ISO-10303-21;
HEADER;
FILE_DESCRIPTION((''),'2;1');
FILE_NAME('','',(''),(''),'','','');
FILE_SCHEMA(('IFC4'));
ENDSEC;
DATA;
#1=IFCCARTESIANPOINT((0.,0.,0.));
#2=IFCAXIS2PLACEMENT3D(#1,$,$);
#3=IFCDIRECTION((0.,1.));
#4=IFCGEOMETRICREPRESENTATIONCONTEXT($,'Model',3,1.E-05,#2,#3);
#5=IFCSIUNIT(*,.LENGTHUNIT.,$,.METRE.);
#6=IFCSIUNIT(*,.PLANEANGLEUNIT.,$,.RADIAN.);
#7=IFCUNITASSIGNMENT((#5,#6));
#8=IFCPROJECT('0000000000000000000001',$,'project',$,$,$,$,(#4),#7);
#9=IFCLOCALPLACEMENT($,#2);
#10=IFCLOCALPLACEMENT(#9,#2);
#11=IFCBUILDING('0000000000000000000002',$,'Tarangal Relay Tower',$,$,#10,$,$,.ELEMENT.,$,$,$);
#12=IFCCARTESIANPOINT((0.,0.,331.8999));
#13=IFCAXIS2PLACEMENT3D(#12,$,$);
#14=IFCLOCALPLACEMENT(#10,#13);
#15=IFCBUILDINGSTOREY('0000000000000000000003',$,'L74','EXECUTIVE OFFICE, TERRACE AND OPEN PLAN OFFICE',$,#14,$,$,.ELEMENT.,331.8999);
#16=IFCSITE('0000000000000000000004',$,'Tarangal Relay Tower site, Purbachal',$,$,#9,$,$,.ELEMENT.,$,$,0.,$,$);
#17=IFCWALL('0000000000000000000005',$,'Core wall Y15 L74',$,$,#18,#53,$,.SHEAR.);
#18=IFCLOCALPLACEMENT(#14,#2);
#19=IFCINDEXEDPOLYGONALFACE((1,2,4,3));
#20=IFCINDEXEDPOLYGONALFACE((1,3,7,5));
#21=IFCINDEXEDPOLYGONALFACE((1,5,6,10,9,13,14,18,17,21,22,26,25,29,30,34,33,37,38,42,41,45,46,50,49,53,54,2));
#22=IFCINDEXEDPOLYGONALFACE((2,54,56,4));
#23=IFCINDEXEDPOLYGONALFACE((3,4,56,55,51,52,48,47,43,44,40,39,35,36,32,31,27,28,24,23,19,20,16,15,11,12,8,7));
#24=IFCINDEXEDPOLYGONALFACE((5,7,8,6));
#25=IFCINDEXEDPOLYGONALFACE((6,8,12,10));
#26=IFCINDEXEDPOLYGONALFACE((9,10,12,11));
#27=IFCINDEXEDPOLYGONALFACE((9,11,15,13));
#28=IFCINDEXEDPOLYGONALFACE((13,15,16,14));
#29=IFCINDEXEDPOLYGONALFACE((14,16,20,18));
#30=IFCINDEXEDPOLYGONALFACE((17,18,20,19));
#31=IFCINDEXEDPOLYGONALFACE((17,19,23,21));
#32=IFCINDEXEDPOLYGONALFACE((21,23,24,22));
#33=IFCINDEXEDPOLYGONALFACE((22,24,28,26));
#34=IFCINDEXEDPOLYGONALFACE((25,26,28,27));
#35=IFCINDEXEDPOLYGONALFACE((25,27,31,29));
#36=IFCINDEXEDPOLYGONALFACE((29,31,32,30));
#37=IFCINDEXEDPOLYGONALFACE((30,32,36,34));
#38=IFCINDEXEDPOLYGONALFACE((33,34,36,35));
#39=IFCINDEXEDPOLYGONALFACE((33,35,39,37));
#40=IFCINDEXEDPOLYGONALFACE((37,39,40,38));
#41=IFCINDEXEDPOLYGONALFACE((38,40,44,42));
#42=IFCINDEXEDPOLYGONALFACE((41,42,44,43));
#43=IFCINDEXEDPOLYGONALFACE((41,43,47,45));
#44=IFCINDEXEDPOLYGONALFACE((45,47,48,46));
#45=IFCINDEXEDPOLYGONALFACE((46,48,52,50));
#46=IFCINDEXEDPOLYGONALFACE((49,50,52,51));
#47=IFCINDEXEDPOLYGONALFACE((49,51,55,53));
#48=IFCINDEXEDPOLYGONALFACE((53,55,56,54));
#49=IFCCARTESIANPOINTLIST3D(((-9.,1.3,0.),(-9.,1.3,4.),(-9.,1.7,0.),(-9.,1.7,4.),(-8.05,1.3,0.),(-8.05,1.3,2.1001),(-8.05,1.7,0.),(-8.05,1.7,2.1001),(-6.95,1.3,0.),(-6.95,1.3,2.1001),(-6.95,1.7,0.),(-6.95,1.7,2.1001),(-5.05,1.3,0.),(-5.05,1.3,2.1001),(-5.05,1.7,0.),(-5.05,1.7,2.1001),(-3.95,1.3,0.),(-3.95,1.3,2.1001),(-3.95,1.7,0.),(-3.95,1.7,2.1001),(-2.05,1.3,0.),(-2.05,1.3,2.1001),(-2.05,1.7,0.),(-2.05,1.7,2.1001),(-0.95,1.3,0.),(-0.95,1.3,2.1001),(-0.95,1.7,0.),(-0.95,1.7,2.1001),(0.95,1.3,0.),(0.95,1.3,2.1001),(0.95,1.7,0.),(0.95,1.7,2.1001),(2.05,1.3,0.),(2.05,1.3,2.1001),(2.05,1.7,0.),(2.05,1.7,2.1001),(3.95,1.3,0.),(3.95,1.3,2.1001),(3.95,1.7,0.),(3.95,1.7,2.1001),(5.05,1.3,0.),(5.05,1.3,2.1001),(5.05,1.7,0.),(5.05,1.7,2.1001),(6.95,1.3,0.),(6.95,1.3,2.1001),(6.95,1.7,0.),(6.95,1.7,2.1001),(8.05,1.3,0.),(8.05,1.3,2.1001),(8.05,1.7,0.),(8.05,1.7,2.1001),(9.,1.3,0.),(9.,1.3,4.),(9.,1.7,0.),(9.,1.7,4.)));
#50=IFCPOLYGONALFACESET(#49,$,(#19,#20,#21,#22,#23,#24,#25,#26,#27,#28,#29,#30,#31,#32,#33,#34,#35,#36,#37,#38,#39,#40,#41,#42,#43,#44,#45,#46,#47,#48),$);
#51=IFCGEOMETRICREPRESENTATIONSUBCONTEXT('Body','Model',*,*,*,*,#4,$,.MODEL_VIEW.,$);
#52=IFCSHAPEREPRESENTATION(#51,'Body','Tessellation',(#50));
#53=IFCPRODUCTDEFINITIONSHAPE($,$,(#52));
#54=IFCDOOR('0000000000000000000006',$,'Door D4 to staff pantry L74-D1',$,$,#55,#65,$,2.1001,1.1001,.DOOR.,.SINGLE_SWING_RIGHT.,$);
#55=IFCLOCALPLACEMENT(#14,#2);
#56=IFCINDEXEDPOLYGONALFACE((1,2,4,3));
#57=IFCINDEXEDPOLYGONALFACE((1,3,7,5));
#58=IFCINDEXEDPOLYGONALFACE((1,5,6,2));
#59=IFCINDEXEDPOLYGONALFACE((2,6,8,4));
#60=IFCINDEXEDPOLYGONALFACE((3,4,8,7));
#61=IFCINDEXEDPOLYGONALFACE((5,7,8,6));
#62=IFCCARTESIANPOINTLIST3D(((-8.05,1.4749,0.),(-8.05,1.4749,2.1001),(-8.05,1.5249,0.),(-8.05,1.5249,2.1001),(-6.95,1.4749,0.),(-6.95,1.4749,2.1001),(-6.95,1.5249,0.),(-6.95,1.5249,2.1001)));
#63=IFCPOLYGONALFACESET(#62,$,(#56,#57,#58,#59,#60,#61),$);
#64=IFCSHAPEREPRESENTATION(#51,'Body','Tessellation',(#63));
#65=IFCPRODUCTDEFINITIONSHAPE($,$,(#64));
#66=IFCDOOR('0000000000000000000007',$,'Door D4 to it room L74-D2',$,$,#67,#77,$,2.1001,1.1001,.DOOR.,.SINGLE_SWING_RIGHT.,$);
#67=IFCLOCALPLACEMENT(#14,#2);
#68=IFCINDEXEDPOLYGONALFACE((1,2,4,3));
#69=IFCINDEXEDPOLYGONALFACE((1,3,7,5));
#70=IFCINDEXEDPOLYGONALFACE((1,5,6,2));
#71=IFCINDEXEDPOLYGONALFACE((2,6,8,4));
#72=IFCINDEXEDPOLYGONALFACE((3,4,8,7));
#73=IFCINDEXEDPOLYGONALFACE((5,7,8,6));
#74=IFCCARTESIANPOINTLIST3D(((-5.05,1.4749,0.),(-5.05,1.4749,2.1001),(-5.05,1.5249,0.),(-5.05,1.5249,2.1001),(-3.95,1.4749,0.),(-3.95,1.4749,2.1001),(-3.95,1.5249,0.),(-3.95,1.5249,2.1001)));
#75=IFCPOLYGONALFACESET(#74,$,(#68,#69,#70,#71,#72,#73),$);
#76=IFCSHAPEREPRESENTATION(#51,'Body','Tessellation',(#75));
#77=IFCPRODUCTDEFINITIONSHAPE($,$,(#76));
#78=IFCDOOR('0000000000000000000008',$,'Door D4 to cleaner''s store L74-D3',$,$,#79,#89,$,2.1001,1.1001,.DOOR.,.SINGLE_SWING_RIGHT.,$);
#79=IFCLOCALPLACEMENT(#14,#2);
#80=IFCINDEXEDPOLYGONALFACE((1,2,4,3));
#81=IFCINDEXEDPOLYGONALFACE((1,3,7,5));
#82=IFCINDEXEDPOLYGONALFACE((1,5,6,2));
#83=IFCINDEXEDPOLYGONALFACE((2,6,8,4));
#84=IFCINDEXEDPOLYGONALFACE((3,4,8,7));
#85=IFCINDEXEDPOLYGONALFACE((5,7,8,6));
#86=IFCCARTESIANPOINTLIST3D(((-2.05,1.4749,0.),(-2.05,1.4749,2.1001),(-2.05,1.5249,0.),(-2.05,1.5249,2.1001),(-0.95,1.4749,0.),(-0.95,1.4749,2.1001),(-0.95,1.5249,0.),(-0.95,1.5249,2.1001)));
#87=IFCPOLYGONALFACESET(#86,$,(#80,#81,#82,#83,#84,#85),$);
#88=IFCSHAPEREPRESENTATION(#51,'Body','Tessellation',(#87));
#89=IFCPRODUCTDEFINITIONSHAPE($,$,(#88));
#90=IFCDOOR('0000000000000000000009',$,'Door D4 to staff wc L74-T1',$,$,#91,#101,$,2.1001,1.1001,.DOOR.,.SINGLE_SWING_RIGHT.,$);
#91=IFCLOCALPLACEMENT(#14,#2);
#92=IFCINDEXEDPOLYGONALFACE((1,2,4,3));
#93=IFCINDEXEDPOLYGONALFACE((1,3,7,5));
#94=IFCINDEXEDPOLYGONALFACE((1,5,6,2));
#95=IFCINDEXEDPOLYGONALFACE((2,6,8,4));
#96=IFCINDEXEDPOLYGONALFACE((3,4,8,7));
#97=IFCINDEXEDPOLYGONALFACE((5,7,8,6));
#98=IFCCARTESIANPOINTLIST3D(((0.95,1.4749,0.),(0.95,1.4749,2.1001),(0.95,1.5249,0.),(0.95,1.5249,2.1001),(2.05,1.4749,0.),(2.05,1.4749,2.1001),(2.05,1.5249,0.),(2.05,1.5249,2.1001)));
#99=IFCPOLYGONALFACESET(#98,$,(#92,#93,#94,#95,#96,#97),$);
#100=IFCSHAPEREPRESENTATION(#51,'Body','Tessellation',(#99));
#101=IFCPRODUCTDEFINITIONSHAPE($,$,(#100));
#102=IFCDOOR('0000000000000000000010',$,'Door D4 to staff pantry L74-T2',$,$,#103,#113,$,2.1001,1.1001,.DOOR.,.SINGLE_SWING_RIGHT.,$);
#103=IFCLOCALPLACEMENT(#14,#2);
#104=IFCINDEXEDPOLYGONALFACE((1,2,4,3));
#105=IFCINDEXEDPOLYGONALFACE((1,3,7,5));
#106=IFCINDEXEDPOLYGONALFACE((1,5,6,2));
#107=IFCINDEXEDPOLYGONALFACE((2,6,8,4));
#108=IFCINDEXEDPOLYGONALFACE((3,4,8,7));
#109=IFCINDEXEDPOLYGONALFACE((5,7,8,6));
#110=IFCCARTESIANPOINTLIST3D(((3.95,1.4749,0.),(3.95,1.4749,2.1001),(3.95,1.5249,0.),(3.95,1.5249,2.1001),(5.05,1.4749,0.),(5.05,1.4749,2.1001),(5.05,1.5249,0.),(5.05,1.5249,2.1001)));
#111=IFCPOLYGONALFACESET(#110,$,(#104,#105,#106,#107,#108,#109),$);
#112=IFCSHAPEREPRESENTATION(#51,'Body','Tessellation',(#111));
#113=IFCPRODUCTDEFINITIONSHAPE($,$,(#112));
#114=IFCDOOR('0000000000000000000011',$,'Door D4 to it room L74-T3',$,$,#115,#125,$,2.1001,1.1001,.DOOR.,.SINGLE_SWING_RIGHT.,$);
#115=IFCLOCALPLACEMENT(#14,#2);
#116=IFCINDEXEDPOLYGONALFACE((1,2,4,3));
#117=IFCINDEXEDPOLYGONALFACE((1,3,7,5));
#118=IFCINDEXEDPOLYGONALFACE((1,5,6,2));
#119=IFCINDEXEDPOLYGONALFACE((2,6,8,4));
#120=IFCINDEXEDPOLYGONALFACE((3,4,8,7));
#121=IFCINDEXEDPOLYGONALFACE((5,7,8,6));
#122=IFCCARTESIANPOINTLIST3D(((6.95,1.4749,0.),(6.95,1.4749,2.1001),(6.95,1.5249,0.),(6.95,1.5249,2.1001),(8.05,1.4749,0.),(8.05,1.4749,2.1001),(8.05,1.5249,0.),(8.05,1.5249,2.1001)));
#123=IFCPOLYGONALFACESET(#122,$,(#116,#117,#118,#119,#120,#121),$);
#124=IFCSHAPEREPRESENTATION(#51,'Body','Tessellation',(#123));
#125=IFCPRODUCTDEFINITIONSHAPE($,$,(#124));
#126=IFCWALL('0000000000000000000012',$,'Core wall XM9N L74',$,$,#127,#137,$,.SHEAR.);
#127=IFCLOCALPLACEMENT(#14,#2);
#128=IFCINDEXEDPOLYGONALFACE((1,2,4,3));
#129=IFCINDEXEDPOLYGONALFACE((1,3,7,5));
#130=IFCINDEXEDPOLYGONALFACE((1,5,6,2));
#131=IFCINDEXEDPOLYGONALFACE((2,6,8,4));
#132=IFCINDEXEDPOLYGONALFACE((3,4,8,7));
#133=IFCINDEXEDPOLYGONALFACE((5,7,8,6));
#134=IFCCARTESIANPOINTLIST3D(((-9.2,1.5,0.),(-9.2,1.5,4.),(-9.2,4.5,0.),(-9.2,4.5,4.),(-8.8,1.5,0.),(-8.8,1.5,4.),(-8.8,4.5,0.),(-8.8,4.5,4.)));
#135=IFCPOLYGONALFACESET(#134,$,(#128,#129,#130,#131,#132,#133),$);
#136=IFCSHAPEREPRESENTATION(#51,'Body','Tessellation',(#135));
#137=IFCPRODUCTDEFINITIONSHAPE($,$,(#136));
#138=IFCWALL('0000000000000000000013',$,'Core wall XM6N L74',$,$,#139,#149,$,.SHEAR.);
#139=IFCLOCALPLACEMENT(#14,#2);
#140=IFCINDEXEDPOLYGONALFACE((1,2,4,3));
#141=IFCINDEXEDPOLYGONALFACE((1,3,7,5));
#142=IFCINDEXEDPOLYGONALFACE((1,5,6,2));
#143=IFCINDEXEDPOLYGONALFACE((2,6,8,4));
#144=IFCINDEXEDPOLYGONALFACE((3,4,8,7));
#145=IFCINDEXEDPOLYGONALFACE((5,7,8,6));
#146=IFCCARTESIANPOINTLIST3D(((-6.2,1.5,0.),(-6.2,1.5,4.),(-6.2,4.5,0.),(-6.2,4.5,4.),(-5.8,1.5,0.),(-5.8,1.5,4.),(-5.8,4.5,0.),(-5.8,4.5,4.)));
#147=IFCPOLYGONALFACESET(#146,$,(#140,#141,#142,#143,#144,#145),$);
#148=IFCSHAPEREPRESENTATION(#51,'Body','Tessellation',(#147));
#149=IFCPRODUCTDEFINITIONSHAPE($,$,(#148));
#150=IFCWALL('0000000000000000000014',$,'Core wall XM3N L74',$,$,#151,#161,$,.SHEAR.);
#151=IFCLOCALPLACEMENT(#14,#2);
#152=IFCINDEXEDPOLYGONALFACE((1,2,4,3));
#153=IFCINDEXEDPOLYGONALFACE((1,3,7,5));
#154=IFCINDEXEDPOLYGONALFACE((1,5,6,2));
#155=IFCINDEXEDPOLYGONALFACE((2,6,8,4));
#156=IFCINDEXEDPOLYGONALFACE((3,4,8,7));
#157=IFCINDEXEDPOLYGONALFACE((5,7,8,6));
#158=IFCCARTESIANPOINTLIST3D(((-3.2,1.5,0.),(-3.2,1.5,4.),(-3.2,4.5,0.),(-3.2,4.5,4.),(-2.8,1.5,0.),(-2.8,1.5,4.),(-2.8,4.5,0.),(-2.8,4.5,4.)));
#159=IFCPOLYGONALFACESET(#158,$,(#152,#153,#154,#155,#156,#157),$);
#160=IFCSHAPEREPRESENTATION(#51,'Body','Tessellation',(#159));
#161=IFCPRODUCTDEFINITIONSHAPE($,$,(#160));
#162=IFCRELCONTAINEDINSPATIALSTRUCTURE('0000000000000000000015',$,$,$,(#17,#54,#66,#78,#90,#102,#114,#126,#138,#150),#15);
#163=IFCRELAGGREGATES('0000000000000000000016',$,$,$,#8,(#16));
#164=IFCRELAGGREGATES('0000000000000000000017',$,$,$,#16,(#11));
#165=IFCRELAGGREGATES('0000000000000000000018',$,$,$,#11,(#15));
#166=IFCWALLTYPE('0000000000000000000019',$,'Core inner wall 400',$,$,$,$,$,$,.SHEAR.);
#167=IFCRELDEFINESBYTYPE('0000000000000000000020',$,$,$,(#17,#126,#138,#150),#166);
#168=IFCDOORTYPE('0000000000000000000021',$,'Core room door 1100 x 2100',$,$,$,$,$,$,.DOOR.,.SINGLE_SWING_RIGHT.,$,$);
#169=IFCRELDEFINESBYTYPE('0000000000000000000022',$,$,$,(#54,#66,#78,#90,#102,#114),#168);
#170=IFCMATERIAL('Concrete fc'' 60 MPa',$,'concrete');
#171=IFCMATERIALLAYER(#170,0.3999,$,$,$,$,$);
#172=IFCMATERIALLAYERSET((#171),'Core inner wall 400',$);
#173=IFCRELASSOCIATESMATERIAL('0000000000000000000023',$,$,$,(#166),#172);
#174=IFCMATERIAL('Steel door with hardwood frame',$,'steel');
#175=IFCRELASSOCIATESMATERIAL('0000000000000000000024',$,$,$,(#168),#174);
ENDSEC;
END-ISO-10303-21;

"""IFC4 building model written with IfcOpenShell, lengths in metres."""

from ifc_helpers import new_model, si_unit, direction, frame, frame_2d, origin, place, context, subcontext, project, spatial, rectangle, extrude, material, layer, layer_set, type_object, element, fill, save


model = new_model("IFC4")

# Units and contexts
model_context = context("Model", 3, precision=1e-05, world=origin(), true_north=direction((0.0, 1.0)))
body_context = subcontext(model_context, "Body", "Model", "MODEL_VIEW")
ifc_project = project(units=[si_unit("LENGTHUNIT", "METRE"), si_unit("PLANEANGLEUNIT", "RADIAN")], contexts=[model_context])

# Site, building, storey
site_placement = place(None, origin())
site = spatial("IfcSite", under=ifc_project, at=site_placement, Name="Tarangal Relay Tower site, Purbachal", CompositionType="ELEMENT", RefElevation=0.0)
building_placement = place(site_placement, origin())
building = spatial("IfcBuilding", under=site, at=building_placement, Name="Tarangal Relay Tower", CompositionType="ELEMENT")
storey_placement = place(building_placement, frame((0.0, 0.0, 331.8999)))
storey = spatial("IfcBuildingStorey", under=building, at=storey_placement, Name="L74", Description="EXECUTIVE OFFICE, TERRACE AND OPEN PLAN OFFICE", CompositionType="ELEMENT", Elevation=331.8999)

# Wall, openings, doors
ifc_material_1 = material(Name="Concrete fc' 60 MPa", Category="concrete")
ifc_layer_1 = layer(ifc_material_1, 0.3999)
ifc_layer_set_1 = layer_set([ifc_layer_1], Name="Core inner wall 400")
wall_type_1 = type_object("IfcWallType", Name="Core inner wall 400", PredefinedType="SHEAR", material=ifc_layer_set_1)
wall_1_placement = place(storey_placement, frame((-9.0, 1.5, 0.0), z_axis=(0.0, 0.0, 1.0), x_axis=(1.0, 0.0, 0.0)))
wall_1 = element("IfcWall", 1, at=wall_1_placement, inside=storey, type_object=wall_type_1, Name="Core wall Y15 L74", PredefinedType="SHEAR", context=body_context, shape_type="SweptSolid", body=[
    extrude(rectangle(XDim=18.0, YDim=0.3999, at=frame_2d((9.0, 0.0))), origin(), (0.0, 0.0, 1.0), 4.0),
])
opening_1_placement = place(wall_1_placement, frame((0.95, 0.0, 0.0)))
opening_1 = element("IfcOpeningElement", 2, at=opening_1_placement, cuts=wall_1, PredefinedType="OPENING", context=body_context, shape_type="SweptSolid", body=[
    extrude(rectangle(XDim=1.1001, YDim=2.1001, at=frame_2d((0.55, 1.05))), frame((0.0, 0.21, 0.0), z_axis=(0.0, -1.0, 0.0), x_axis=(1.0, 0.0, 0.0)), (0.0, 0.0, 1.0), 0.4199),
])
opening_2_placement = place(wall_1_placement, frame((3.95, 0.0, 0.0)))
opening_2 = element("IfcOpeningElement", 3, at=opening_2_placement, cuts=wall_1, PredefinedType="OPENING", context=body_context, shape_type="SweptSolid", body=[
    extrude(rectangle(XDim=1.1001, YDim=2.1001, at=frame_2d((0.55, 1.05))), frame((0.0, 0.21, 0.0), z_axis=(0.0, -1.0, 0.0), x_axis=(1.0, 0.0, 0.0)), (0.0, 0.0, 1.0), 0.4199),
])
opening_3_placement = place(wall_1_placement, frame((6.95, 0.0, 0.0)))
opening_3 = element("IfcOpeningElement", 4, at=opening_3_placement, cuts=wall_1, PredefinedType="OPENING", context=body_context, shape_type="SweptSolid", body=[
    extrude(rectangle(XDim=1.1001, YDim=2.1001, at=frame_2d((0.55, 1.05))), frame((0.0, 0.21, 0.0), z_axis=(0.0, -1.0, 0.0), x_axis=(1.0, 0.0, 0.0)), (0.0, 0.0, 1.0), 0.4199),
])
opening_4_placement = place(wall_1_placement, frame((9.95, 0.0, 0.0)))
opening_4 = element("IfcOpeningElement", 5, at=opening_4_placement, cuts=wall_1, PredefinedType="OPENING", context=body_context, shape_type="SweptSolid", body=[
    extrude(rectangle(XDim=1.1001, YDim=2.1001, at=frame_2d((0.55, 1.05))), frame((0.0, 0.21, 0.0), z_axis=(0.0, -1.0, 0.0), x_axis=(1.0, 0.0, 0.0)), (0.0, 0.0, 1.0), 0.4199),
])
opening_5_placement = place(wall_1_placement, frame((12.95, 0.0, 0.0)))
opening_5 = element("IfcOpeningElement", 6, at=opening_5_placement, cuts=wall_1, PredefinedType="OPENING", context=body_context, shape_type="SweptSolid", body=[
    extrude(rectangle(XDim=1.1001, YDim=2.1001, at=frame_2d((0.55, 1.05))), frame((0.0, 0.21, 0.0), z_axis=(0.0, -1.0, 0.0), x_axis=(1.0, 0.0, 0.0)), (0.0, 0.0, 1.0), 0.4199),
])
opening_6_placement = place(wall_1_placement, frame((15.95, 0.0, 0.0)))
opening_6 = element("IfcOpeningElement", 7, at=opening_6_placement, cuts=wall_1, PredefinedType="OPENING", context=body_context, shape_type="SweptSolid", body=[
    extrude(rectangle(XDim=1.1001, YDim=2.1001, at=frame_2d((0.55, 1.05))), frame((0.0, 0.21, 0.0), z_axis=(0.0, -1.0, 0.0), x_axis=(1.0, 0.0, 0.0)), (0.0, 0.0, 1.0), 0.4199),
])
ifc_material_2 = material(Name="Steel door with hardwood frame", Category="steel")
door_type_1 = type_object("IfcDoorType", Name="Core room door 1100 x 2100", OperationType="SINGLE_SWING_RIGHT", PredefinedType="DOOR", material=ifc_material_2)
door_1_placement = place(opening_1_placement, origin())
door_1 = element("IfcDoor", 8, at=door_1_placement, inside=storey, type_object=door_type_1, Name="Door D4 to staff pantry L74-D1", OperationType="SINGLE_SWING_RIGHT", OverallHeight=2.1001, OverallWidth=1.1001, PredefinedType="DOOR", context=body_context, shape_type="SweptSolid", body=[
    extrude(rectangle(XDim=1.1001, YDim=2.1001, at=frame_2d((0.55, 1.05))), frame((0.0, 0.0249, 0.0), z_axis=(0.0, -1.0, 0.0), x_axis=(1.0, 0.0, 0.0)), (0.0, 0.0, 1.0), 0.05),
])
fill(opening_1, door_1)
door_2_placement = place(opening_2_placement, origin())
door_2 = element("IfcDoor", 9, at=door_2_placement, inside=storey, type_object=door_type_1, Name="Door D4 to it room L74-D2", OperationType="SINGLE_SWING_RIGHT", OverallHeight=2.1001, OverallWidth=1.1001, PredefinedType="DOOR", context=body_context, shape_type="SweptSolid", body=[
    extrude(rectangle(XDim=1.1001, YDim=2.1001, at=frame_2d((0.55, 1.05))), frame((0.0, 0.0249, 0.0), z_axis=(0.0, -1.0, 0.0), x_axis=(1.0, 0.0, 0.0)), (0.0, 0.0, 1.0), 0.05),
])
fill(opening_2, door_2)
door_3_placement = place(opening_3_placement, origin())
door_3 = element("IfcDoor", 10, at=door_3_placement, inside=storey, type_object=door_type_1, Name="Door D4 to cleaner's store L74-D3", OperationType="SINGLE_SWING_RIGHT", OverallHeight=2.1001, OverallWidth=1.1001, PredefinedType="DOOR", context=body_context, shape_type="SweptSolid", body=[
    extrude(rectangle(XDim=1.1001, YDim=2.1001, at=frame_2d((0.55, 1.05))), frame((0.0, 0.0249, 0.0), z_axis=(0.0, -1.0, 0.0), x_axis=(1.0, 0.0, 0.0)), (0.0, 0.0, 1.0), 0.05),
])
fill(opening_3, door_3)
door_4_placement = place(opening_4_placement, origin())
door_4 = element("IfcDoor", 11, at=door_4_placement, inside=storey, type_object=door_type_1, Name="Door D4 to staff wc L74-T1", OperationType="SINGLE_SWING_RIGHT", OverallHeight=2.1001, OverallWidth=1.1001, PredefinedType="DOOR", context=body_context, shape_type="SweptSolid", body=[
    extrude(rectangle(XDim=1.1001, YDim=2.1001, at=frame_2d((0.55, 1.05))), frame((0.0, 0.0249, 0.0), z_axis=(0.0, -1.0, 0.0), x_axis=(1.0, 0.0, 0.0)), (0.0, 0.0, 1.0), 0.05),
])
fill(opening_4, door_4)
door_5_placement = place(opening_5_placement, origin())
door_5 = element("IfcDoor", 12, at=door_5_placement, inside=storey, type_object=door_type_1, Name="Door D4 to staff pantry L74-T2", OperationType="SINGLE_SWING_RIGHT", OverallHeight=2.1001, OverallWidth=1.1001, PredefinedType="DOOR", context=body_context, shape_type="SweptSolid", body=[
    extrude(rectangle(XDim=1.1001, YDim=2.1001, at=frame_2d((0.55, 1.05))), frame((0.0, 0.0249, 0.0), z_axis=(0.0, -1.0, 0.0), x_axis=(1.0, 0.0, 0.0)), (0.0, 0.0, 1.0), 0.05),
])
fill(opening_5, door_5)
door_6_placement = place(opening_6_placement, origin())
door_6 = element("IfcDoor", 13, at=door_6_placement, inside=storey, type_object=door_type_1, Name="Door D4 to it room L74-T3", OperationType="SINGLE_SWING_RIGHT", OverallHeight=2.1001, OverallWidth=1.1001, PredefinedType="DOOR", context=body_context, shape_type="SweptSolid", body=[
    extrude(rectangle(XDim=1.1001, YDim=2.1001, at=frame_2d((0.55, 1.05))), frame((0.0, 0.0249, 0.0), z_axis=(0.0, -1.0, 0.0), x_axis=(1.0, 0.0, 0.0)), (0.0, 0.0, 1.0), 0.05),
])
fill(opening_6, door_6)

# Walls
for number, where, z_axis, x_axis, name in (
    (14, (-9.0, 1.5, 0.0), (0.0, 0.0, 1.0), (0.0, 1.0, 0.0), "Core wall XM9N L74"),
    (15, (-6.0, 1.5, 0.0), (0.0, 0.0, 1.0), (0.0, 1.0, 0.0), "Core wall XM6N L74"),
    (16, (-3.0, 1.5, 0.0), (0.0, 0.0, 1.0), (0.0, 1.0, 0.0), "Core wall XM3N L74"),
):
    element("IfcWall", number, at=place(storey_placement, frame(where, z_axis=z_axis, x_axis=x_axis)), inside=storey, type_object=wall_type_1, Name=name, PredefinedType="SHEAR", context=body_context, shape_type="SweptSolid", body=[
        extrude(rectangle(XDim=3.0, YDim=0.3999, at=frame_2d((1.5, 0.0))), origin(), (0.0, 0.0, 1.0), 4.0),
    ])

save(model, "model.ifc")
